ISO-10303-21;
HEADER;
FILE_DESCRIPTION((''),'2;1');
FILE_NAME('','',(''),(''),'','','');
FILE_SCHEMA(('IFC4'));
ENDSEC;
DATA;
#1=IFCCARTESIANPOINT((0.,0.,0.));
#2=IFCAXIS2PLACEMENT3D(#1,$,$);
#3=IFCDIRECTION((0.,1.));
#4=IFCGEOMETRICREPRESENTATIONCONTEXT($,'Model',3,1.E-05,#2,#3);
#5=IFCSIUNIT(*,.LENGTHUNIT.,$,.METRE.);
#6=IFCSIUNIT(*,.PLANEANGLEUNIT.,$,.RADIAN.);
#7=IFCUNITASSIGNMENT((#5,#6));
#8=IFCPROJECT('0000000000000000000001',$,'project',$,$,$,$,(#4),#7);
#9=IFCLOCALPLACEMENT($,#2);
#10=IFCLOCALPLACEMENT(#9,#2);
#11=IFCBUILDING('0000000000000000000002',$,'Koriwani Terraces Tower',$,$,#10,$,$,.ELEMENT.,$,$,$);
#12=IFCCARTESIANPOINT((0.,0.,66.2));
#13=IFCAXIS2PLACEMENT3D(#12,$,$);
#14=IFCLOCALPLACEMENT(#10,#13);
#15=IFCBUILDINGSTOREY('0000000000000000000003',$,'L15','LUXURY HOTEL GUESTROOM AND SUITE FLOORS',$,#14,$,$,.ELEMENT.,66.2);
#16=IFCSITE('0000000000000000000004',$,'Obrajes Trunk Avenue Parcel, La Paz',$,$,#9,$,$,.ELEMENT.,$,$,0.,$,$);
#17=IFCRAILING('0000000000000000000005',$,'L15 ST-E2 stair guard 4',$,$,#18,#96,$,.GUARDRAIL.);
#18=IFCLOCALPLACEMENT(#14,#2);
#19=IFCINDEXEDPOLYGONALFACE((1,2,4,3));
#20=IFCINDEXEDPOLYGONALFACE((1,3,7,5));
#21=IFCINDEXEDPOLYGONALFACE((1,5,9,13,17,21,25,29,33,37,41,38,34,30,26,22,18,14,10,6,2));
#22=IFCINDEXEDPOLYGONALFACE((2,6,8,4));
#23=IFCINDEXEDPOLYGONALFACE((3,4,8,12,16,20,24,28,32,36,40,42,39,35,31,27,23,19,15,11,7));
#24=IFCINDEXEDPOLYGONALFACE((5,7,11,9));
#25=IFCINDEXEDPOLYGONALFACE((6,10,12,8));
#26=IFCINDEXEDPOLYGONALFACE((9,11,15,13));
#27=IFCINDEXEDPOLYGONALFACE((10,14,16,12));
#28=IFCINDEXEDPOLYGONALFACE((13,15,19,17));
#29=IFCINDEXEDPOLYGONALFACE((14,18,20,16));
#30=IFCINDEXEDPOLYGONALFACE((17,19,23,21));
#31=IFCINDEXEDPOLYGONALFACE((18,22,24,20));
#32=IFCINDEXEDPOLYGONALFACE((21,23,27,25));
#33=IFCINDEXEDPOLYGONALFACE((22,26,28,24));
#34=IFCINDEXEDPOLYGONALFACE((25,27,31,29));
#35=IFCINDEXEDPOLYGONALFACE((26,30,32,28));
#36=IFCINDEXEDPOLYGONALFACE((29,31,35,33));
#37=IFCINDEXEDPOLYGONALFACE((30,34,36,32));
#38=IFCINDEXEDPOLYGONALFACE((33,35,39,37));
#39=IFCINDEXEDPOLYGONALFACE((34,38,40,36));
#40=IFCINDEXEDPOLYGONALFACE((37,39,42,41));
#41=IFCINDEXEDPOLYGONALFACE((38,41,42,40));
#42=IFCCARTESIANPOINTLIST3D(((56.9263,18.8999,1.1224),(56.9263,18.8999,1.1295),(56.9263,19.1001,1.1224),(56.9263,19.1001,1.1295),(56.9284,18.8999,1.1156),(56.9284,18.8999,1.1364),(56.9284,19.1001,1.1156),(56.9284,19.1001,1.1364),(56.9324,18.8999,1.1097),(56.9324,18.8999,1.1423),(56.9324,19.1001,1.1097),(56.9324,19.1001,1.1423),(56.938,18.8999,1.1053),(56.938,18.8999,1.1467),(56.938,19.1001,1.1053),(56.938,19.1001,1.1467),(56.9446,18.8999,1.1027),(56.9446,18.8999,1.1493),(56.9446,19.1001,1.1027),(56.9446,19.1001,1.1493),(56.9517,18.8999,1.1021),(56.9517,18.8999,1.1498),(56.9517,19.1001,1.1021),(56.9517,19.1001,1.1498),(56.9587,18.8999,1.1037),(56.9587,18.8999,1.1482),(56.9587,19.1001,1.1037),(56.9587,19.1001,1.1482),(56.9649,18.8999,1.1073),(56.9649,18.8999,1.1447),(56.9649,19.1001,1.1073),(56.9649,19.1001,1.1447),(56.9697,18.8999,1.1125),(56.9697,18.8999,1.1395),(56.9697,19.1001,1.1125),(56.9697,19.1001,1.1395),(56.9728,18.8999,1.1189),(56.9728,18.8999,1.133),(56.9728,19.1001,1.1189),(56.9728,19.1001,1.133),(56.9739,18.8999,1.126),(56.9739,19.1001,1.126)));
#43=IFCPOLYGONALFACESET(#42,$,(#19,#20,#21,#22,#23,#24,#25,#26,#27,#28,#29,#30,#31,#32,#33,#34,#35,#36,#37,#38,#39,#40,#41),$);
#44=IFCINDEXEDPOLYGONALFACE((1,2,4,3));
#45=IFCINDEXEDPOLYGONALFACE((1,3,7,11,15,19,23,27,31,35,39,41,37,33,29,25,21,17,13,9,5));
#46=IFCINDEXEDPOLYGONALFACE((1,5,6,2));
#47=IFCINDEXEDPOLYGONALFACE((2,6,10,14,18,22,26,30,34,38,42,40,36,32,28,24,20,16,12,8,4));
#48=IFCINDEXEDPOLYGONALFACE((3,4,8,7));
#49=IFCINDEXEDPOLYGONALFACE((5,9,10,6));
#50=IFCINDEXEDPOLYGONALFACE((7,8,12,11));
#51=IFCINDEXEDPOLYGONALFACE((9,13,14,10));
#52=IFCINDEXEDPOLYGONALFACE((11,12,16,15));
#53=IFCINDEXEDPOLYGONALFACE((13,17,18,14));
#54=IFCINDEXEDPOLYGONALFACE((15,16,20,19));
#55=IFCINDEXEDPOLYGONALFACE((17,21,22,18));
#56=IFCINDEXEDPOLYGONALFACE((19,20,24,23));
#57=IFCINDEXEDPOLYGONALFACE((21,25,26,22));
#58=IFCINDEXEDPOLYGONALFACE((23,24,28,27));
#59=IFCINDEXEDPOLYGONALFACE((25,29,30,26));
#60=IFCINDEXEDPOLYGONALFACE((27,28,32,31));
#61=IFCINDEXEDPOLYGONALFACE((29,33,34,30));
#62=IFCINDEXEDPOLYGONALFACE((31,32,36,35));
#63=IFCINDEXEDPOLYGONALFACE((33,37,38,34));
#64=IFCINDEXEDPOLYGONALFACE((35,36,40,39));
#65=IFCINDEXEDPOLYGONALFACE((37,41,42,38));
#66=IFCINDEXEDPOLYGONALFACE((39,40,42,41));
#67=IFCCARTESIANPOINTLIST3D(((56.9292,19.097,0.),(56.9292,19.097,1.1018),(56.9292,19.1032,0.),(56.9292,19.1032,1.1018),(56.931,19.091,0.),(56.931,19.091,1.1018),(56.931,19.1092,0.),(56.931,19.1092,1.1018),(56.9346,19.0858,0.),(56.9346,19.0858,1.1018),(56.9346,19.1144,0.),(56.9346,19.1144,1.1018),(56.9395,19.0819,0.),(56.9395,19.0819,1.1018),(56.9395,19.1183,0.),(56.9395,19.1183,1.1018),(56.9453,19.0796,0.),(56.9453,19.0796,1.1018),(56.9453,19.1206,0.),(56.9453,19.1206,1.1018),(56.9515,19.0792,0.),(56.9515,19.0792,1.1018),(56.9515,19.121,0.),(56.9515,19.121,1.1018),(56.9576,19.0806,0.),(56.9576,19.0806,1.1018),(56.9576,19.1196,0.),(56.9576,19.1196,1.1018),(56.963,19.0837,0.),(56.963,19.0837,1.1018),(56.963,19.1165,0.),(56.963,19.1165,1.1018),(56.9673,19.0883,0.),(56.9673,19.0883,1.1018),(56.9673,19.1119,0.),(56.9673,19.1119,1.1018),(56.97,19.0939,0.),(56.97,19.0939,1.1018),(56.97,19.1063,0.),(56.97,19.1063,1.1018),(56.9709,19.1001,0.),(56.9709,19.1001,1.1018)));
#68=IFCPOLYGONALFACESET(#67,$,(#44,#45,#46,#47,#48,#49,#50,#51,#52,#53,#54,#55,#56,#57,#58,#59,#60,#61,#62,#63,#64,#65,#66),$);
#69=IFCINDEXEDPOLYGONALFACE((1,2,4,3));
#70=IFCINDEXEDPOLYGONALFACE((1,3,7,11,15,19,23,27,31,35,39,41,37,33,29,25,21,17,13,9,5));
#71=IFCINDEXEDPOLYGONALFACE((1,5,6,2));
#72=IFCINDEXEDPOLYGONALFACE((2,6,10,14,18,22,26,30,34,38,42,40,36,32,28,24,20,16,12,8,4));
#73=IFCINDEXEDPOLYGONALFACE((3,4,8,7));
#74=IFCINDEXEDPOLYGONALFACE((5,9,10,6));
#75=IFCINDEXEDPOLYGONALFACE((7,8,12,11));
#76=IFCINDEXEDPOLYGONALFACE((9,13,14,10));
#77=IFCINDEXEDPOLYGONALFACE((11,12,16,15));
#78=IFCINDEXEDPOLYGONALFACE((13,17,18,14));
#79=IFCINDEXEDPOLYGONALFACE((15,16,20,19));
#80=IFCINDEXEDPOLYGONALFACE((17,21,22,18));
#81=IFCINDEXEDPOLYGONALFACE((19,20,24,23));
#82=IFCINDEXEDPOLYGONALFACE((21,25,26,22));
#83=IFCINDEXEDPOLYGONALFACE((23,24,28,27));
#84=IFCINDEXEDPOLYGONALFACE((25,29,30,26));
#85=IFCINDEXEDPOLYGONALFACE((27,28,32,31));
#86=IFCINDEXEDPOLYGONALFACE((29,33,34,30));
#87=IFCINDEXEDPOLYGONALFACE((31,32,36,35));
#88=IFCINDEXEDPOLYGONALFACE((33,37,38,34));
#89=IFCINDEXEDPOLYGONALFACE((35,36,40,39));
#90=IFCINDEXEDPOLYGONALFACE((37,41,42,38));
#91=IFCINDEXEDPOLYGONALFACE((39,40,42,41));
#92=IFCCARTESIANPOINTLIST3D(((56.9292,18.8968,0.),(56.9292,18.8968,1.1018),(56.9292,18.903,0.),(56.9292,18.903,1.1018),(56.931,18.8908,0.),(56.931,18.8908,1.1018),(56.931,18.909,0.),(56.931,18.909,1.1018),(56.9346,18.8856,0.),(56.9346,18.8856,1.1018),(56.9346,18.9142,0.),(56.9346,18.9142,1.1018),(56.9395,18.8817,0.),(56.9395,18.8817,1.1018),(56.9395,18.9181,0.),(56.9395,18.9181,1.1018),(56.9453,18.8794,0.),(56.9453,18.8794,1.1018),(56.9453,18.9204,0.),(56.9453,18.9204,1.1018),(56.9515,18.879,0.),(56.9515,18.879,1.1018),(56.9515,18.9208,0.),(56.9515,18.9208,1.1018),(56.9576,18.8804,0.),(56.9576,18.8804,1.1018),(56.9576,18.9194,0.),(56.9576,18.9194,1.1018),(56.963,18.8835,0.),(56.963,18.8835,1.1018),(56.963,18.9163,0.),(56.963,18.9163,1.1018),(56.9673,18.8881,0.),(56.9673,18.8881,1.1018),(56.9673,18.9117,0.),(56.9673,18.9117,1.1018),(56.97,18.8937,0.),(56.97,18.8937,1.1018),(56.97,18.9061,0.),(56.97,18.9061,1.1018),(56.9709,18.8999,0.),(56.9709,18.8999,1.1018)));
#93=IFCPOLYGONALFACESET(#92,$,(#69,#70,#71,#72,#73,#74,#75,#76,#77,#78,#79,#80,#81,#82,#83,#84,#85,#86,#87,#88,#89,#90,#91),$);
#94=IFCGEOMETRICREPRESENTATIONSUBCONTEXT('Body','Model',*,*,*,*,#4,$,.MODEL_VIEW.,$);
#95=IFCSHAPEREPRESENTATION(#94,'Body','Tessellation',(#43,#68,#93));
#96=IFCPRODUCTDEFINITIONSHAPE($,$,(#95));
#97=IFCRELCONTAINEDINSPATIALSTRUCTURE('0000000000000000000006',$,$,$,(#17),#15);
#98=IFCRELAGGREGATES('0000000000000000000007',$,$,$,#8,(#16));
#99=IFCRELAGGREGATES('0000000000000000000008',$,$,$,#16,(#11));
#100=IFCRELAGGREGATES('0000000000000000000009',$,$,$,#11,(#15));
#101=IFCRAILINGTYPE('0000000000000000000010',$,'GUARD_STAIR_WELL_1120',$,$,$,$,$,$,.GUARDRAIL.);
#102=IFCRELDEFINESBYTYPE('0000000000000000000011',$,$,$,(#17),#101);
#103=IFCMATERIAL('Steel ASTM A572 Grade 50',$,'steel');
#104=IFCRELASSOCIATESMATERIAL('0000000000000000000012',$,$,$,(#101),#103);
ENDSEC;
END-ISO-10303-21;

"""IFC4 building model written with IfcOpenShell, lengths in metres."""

from ifc_helpers import new_model, si_unit, direction, frame, origin, origin_2d, place, context, subcontext, project, spatial, circle, extrude, material, type_object, element, save


model = new_model("IFC4")

# Units and contexts
model_context = context("Model", 3, precision=1e-05, world=origin(), true_north=direction((0.0, 1.0)))
body_context = subcontext(model_context, "Body", "Model", "MODEL_VIEW")
ifc_project = project(units=[si_unit("LENGTHUNIT", "METRE"), si_unit("PLANEANGLEUNIT", "RADIAN")], contexts=[model_context])

# Site, building, storey
site_placement = place(None, origin())
site = spatial("IfcSite", under=ifc_project, at=site_placement, Name="Obrajes Trunk Avenue Parcel, La Paz", CompositionType="ELEMENT", RefElevation=0.0)
building_placement = place(site_placement, origin())
building = spatial("IfcBuilding", under=site, at=building_placement, Name="Koriwani Terraces Tower", CompositionType="ELEMENT")
storey_placement = place(building_placement, frame((0.0, 0.0, 66.2)))
storey = spatial("IfcBuildingStorey", under=building, at=storey_placement, Name="L15", Description="LUXURY HOTEL GUESTROOM AND SUITE FLOORS", CompositionType="ELEMENT", Elevation=66.2)

# Shared definitions
ifc_material_1 = material(Name="Steel ASTM A572 Grade 50", Category="steel")

# Railing
railing_type_1 = type_object("IfcRailingType", Name="GUARD_STAIR_WELL_1120", PredefinedType="GUARDRAIL", material=ifc_material_1)
railing_1_placement = place(storey_placement, frame((56.95, 19.1001, 0.0)))
element("IfcRailing", 1, at=railing_1_placement, inside=storey, type_object=railing_type_1, Name="L15 ST-E2 stair guard 4", PredefinedType="GUARDRAIL", context=body_context, shape_type="SweptSolid", body=[
    extrude(circle(Radius=0.0239, at=origin_2d()), frame((0.0, 0.0, 1.126), z_axis=(0.0, -1.0, 0.0), x_axis=(1.0, 0.0, 0.0)), (0.0, 0.0, 1.0), 0.2002),
    extrude(circle(Radius=0.021, at=origin_2d()), origin(), (0.0, 0.0, 1.0), 1.1018),
    extrude(circle(Radius=0.021, at=origin_2d()), frame((0.0, -0.2002, 0.0)), (0.0, 0.0, 1.0), 1.1018),
])

save(model, "model.ifc")
